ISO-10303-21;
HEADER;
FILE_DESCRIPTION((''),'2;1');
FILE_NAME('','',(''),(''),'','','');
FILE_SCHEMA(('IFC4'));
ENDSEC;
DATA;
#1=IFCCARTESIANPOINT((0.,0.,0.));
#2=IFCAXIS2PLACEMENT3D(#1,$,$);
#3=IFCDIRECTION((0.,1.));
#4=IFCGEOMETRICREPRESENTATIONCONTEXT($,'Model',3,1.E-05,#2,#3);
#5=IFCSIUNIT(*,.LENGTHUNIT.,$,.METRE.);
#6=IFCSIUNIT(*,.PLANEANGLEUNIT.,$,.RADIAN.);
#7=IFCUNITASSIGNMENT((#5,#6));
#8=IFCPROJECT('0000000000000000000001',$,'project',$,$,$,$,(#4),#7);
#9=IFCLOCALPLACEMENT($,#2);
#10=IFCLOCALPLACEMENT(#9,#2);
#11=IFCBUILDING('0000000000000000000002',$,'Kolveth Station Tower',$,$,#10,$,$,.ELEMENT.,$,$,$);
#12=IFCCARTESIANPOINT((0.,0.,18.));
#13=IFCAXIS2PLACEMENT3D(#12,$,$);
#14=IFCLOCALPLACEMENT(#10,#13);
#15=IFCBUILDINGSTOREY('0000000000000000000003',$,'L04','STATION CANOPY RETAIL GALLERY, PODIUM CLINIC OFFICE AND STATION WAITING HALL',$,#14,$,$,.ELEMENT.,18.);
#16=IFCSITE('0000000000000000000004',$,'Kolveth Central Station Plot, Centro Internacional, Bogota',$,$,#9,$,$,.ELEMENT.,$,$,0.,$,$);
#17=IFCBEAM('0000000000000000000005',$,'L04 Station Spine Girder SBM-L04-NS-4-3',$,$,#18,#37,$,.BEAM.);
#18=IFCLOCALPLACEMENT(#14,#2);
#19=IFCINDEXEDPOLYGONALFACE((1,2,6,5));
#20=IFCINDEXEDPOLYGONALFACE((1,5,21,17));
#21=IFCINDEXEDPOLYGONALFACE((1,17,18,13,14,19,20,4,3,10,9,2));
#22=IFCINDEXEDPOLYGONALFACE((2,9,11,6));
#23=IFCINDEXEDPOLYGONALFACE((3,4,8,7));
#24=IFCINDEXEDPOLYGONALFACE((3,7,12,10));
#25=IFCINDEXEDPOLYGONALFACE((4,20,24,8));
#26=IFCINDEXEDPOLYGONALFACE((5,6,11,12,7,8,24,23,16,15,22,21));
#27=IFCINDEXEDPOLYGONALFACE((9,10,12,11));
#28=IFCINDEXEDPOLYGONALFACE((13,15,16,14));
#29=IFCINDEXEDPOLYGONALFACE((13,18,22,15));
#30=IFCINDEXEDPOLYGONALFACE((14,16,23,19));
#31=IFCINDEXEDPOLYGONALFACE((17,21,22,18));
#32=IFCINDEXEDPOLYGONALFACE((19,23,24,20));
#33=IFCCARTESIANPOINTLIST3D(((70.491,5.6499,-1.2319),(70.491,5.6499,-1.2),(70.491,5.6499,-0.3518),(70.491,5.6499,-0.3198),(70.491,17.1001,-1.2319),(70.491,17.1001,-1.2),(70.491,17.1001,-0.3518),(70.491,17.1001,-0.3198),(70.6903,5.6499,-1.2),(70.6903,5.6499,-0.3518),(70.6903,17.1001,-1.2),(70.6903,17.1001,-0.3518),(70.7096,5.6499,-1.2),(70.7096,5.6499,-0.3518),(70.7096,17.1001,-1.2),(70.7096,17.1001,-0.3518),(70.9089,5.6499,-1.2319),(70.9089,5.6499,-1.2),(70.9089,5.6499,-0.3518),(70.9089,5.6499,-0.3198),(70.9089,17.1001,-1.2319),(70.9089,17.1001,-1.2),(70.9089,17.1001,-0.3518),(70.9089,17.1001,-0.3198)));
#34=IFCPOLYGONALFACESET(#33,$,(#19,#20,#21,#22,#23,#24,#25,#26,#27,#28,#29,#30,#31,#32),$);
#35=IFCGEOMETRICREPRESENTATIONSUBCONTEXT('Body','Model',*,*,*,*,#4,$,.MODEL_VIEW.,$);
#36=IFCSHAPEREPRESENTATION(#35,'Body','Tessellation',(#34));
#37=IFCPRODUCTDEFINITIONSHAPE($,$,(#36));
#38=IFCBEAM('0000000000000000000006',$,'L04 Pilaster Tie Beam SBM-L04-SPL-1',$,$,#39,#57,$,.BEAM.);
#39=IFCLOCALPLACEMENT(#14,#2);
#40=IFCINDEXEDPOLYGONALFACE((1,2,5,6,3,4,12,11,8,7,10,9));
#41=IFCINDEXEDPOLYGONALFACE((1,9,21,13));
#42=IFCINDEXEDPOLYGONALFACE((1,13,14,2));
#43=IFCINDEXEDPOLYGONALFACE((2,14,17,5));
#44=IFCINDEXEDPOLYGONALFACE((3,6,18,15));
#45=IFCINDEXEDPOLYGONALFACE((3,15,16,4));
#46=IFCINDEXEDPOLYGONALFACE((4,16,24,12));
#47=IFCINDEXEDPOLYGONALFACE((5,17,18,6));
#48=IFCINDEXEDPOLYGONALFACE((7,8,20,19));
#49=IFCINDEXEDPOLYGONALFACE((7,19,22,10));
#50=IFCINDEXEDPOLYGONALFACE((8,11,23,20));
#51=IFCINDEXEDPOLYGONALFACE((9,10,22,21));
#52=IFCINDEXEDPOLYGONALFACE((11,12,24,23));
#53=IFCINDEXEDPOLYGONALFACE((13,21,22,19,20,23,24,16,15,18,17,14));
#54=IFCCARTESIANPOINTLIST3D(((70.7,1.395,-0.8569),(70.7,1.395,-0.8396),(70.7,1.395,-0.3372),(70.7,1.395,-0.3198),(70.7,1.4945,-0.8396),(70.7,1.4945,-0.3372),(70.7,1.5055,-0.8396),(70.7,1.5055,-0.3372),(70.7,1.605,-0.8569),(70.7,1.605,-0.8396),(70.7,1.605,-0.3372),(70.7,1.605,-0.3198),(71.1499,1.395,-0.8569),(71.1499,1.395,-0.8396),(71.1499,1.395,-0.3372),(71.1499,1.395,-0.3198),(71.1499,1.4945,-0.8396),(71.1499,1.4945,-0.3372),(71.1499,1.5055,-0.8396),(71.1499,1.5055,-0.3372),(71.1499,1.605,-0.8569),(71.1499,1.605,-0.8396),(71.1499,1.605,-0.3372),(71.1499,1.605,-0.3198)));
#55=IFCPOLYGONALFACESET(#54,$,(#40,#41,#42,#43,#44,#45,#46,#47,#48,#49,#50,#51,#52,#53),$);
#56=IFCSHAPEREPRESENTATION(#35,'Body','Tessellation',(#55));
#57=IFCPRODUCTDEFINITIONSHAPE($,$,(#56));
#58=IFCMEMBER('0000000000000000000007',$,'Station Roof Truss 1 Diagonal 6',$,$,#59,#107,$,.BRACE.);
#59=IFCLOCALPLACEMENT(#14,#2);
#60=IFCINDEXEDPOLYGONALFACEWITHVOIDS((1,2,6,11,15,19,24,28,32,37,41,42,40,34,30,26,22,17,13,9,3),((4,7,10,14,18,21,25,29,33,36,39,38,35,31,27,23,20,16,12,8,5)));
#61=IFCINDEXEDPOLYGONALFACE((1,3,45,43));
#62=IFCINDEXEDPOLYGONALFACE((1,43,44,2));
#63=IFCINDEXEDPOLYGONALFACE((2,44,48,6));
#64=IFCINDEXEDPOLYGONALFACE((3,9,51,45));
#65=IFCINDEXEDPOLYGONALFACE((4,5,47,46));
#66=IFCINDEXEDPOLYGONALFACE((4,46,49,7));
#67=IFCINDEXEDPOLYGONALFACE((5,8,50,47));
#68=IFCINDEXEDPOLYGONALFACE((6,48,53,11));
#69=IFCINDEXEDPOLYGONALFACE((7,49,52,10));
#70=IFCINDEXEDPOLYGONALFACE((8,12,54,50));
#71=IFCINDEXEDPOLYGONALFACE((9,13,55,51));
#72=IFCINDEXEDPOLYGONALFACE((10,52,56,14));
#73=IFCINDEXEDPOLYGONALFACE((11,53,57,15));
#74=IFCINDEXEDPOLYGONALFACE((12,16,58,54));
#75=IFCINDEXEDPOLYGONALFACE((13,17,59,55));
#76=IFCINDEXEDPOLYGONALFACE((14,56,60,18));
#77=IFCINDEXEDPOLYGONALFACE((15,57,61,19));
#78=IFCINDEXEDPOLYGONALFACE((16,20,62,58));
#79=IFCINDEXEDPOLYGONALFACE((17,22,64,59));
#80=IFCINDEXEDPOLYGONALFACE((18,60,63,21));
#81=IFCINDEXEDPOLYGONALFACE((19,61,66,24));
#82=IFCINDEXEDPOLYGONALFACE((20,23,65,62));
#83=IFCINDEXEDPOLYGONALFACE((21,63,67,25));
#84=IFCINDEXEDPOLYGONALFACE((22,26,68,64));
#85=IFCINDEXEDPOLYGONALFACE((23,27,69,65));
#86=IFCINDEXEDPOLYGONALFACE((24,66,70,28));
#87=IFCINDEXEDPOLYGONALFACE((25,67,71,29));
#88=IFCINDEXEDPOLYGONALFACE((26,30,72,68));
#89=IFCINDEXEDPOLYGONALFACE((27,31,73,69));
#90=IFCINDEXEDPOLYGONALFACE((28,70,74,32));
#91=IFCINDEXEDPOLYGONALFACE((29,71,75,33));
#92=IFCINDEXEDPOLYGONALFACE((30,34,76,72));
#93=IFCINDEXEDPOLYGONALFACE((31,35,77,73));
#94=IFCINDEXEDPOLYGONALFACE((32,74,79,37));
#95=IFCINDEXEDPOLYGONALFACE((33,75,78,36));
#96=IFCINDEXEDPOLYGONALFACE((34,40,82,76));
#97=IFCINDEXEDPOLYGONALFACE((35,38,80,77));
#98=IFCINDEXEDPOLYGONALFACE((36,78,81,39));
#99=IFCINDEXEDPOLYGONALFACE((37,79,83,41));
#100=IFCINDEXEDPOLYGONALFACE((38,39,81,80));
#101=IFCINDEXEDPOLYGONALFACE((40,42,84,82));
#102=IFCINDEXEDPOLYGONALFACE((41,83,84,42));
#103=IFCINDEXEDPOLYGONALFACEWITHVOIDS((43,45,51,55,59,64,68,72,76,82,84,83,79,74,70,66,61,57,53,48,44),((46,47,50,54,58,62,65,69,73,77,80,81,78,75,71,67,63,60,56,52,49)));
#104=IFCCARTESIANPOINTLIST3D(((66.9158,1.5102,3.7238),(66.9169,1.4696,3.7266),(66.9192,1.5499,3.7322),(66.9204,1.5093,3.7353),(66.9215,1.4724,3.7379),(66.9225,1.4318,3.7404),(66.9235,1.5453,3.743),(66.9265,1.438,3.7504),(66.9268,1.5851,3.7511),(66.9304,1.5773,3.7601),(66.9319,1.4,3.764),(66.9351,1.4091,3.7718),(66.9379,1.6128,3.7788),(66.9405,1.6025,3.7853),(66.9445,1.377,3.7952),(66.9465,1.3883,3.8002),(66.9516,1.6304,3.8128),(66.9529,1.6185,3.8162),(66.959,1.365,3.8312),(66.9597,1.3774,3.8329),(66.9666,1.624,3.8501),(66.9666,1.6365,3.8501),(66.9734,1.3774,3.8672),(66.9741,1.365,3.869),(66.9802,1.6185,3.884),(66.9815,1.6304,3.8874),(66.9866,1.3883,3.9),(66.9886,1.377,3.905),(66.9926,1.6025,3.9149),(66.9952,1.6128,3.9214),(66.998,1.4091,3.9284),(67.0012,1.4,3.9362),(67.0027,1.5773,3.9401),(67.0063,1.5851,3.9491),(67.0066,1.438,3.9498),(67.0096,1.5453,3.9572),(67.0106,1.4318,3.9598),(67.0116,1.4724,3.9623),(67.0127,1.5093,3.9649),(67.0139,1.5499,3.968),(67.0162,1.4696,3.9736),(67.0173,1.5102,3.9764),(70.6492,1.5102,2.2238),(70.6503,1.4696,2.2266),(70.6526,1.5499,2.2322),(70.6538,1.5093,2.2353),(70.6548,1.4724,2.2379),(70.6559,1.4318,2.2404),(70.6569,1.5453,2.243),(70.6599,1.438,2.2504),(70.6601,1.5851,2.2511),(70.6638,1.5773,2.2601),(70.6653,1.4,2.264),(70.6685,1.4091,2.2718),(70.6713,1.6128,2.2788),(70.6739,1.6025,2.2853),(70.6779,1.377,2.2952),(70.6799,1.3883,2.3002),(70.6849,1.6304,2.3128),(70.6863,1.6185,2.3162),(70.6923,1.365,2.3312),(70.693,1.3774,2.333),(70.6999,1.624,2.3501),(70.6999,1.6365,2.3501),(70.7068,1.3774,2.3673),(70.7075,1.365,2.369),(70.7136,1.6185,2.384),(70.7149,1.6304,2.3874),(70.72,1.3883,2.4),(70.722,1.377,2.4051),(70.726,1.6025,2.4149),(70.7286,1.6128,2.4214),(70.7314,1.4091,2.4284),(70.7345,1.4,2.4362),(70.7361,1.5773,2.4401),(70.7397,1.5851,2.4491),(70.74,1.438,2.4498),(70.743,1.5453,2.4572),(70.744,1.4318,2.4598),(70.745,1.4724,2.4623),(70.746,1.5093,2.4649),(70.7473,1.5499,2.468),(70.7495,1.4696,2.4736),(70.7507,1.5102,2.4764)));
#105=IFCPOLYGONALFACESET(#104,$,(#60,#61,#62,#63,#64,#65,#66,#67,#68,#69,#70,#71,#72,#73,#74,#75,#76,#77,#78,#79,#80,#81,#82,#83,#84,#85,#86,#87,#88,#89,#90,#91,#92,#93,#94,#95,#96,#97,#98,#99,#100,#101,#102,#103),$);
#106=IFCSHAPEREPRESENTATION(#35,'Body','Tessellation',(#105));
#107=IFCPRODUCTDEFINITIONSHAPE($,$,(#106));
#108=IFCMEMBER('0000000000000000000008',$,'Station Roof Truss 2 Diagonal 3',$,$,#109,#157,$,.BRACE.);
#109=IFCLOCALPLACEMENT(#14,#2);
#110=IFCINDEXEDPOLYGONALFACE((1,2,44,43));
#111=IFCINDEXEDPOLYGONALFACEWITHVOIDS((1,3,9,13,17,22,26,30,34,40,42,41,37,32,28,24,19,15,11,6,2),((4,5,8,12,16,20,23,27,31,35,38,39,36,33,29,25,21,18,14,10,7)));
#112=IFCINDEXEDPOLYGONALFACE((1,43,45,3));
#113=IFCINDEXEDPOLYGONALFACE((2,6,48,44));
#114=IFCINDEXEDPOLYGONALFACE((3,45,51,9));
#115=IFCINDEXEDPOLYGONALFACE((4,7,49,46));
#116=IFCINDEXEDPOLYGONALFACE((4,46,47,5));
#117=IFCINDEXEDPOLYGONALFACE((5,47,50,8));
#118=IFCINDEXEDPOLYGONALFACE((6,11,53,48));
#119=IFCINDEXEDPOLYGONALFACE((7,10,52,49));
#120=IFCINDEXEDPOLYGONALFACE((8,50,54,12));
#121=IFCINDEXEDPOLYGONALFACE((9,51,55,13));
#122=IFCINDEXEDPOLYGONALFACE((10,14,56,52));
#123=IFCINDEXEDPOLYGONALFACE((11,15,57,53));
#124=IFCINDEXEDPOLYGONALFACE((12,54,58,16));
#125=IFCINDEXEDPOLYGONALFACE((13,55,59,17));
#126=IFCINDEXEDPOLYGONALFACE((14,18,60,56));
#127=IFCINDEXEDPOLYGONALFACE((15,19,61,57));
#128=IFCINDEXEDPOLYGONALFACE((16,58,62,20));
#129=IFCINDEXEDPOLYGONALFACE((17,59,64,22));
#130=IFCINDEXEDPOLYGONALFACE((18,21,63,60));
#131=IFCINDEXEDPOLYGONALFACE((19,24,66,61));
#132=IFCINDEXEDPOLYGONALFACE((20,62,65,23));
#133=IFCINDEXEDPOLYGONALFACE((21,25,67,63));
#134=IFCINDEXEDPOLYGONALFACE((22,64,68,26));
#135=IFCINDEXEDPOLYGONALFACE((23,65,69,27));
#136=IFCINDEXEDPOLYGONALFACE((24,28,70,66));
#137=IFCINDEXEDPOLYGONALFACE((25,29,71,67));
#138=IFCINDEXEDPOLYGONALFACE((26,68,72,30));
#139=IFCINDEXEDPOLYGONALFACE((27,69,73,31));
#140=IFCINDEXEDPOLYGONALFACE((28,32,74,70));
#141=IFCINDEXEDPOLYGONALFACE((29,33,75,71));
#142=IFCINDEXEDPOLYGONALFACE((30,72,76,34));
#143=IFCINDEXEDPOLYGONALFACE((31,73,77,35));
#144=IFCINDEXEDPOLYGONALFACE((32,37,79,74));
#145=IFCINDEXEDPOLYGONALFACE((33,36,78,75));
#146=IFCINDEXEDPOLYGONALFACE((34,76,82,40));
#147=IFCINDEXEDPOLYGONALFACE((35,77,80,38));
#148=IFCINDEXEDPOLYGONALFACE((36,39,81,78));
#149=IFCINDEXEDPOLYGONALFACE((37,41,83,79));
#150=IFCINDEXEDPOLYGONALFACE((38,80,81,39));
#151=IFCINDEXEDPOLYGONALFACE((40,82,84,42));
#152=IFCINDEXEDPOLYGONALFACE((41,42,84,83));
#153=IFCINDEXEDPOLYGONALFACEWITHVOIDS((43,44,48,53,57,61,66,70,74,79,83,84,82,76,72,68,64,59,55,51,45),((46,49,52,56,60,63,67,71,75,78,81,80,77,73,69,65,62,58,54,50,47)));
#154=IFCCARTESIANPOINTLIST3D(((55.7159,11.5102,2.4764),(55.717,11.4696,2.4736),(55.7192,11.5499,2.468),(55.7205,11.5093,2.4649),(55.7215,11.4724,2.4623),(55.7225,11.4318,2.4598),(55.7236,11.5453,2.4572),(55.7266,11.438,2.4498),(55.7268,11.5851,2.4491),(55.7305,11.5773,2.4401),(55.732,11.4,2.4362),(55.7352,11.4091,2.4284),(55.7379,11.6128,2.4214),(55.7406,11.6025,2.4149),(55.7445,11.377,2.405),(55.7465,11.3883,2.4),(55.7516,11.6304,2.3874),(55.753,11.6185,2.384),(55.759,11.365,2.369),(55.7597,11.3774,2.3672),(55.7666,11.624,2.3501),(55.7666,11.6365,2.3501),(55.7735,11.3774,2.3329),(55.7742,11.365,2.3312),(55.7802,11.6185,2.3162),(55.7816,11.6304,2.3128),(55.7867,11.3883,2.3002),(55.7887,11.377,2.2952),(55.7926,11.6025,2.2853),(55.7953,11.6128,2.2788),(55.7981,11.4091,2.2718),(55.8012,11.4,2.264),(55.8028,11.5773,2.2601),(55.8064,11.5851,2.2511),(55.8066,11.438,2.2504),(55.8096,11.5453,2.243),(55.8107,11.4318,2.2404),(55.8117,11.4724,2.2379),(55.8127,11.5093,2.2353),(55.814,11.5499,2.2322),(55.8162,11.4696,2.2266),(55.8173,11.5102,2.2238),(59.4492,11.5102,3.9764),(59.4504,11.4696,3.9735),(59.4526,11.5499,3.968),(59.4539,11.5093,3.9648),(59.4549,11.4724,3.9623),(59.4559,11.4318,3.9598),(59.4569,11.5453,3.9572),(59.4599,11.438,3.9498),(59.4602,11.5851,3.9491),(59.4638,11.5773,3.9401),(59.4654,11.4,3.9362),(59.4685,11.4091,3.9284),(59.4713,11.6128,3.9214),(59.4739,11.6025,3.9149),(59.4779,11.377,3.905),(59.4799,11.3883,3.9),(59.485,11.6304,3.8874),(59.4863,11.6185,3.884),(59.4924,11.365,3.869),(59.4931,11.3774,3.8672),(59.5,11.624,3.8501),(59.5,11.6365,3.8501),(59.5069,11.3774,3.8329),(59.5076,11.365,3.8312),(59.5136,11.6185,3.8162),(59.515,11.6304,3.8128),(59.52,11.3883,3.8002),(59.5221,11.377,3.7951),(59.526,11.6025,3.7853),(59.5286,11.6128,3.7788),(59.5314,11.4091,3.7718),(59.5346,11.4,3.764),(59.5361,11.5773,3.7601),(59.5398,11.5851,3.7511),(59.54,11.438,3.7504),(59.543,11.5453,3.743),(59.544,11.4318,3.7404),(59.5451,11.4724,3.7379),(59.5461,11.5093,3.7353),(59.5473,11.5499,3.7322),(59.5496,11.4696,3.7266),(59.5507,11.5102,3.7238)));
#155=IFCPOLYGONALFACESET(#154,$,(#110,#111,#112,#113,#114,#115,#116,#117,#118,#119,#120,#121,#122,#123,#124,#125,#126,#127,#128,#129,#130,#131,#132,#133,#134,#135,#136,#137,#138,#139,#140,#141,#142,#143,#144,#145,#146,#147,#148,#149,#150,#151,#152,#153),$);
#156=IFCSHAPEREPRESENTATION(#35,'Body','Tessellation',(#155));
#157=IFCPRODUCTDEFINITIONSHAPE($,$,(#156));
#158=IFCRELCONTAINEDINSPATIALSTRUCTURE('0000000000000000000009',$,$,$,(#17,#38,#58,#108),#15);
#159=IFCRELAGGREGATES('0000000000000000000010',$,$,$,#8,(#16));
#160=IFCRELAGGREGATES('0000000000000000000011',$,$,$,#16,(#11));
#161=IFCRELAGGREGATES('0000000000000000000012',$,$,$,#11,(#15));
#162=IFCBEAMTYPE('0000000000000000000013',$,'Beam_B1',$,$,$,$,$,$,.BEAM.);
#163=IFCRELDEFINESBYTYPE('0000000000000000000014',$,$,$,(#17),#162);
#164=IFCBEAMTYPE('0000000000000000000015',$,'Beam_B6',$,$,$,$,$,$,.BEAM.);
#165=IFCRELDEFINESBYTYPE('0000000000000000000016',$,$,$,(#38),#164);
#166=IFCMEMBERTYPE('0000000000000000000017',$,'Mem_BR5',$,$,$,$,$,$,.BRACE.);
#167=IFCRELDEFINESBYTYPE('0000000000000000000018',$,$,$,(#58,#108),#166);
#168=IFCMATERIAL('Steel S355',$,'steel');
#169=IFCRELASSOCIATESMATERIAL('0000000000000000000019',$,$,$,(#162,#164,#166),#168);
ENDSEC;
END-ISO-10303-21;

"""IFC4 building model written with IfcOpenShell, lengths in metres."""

from ifc_helpers import new_model, si_unit, direction, frame, origin, origin_2d, place, context, subcontext, project, spatial, hollow_circle, i_section, extrude, source, transform, mapped, material, material_profile, profile_set, type_object, element, save


model = new_model("IFC4")

# Units and contexts
model_context = context("Model", 3, precision=1e-05, world=origin(), true_north=direction((0.0, 1.0)))
body_context = subcontext(model_context, "Body", "Model", "MODEL_VIEW")
ifc_project = project(units=[si_unit("LENGTHUNIT", "METRE"), si_unit("PLANEANGLEUNIT", "RADIAN")], contexts=[model_context])

# Site, building, storey
site_placement = place(None, origin())
site = spatial("IfcSite", under=ifc_project, at=site_placement, Name="Kolveth Central Station Plot, Centro Internacional, Bogota", CompositionType="ELEMENT", RefElevation=0.0)
building_placement = place(site_placement, origin())
building = spatial("IfcBuilding", under=site, at=building_placement, Name="Kolveth Station Tower", CompositionType="ELEMENT")
storey_placement = place(building_placement, frame((0.0, 0.0, 18.0)))
storey = spatial("IfcBuildingStorey", under=building, at=storey_placement, Name="L04", Description="STATION CANOPY RETAIL GALLERY, PODIUM CLINIC OFFICE AND STATION WAITING HALL", CompositionType="ELEMENT", Elevation=18.0)

# Shared definitions
ifc_material_1 = material(Name="Steel S355", Category="steel")

# Beams
ifc_material_profile_1 = material_profile(ifc_material_1, i_section(OverallWidth=0.418, OverallDepth=0.9121, WebThickness=0.0193, FlangeThickness=0.032, at=origin_2d()), Name="W920x342")
ifc_profile_set_1 = profile_set([ifc_material_profile_1], Name="Steel S355")
beam_type_1 = type_object("IfcBeamType", Name="Beam_B1", PredefinedType="BEAM", material=ifc_profile_set_1)
shared_shape_1 = source(origin(), body_context, "Body", "SweptSolid", [
    extrude(i_section(OverallWidth=0.418, OverallDepth=0.9121, WebThickness=0.0193, FlangeThickness=0.032, at=origin_2d()), origin(), (0.0, 0.0, 1.0), 11.4502),
])
for number, where, z_axis, x_axis, name in (
    (1, (70.7, 5.6499, -0.7759), (0.0, 1.0, 0.0), (-1.0, 0.0, 0.0), "L04 Station Spine Girder SBM-L04-NS-4-3"),
):
    element("IfcBeam", number, at=place(storey_placement, frame(where, z_axis=z_axis, x_axis=x_axis)), inside=storey, type_object=beam_type_1, Name=name, PredefinedType="BEAM", context=body_context, shape_type="MappedRepresentation", body=[
        mapped(shared_shape_1, transform((0.0, 0.0, 0.0), x_axis=(1.0, 0.0, 0.0), y_axis=(0.0, 1.0, 0.0), z_axis=(0.0, 0.0, 1.0), scale=1.0)),
    ])
ifc_material_profile_2 = material_profile(ifc_material_1, i_section(OverallWidth=0.21, OverallDepth=0.5371, WebThickness=0.011, FlangeThickness=0.0173, at=origin_2d()), Name="W530x101")
ifc_profile_set_2 = profile_set([ifc_material_profile_2], Name="Steel S355")
beam_type_2 = type_object("IfcBeamType", Name="Beam_B6", PredefinedType="BEAM", material=ifc_profile_set_2)
shared_shape_2 = source(origin(), body_context, "Body", "SweptSolid", [
    extrude(i_section(OverallWidth=0.21, OverallDepth=0.5371, WebThickness=0.011, FlangeThickness=0.0173, at=origin_2d()), origin(), (0.0, 0.0, 1.0), 0.45),
])
beam_1_placement = place(storey_placement, frame((70.7, 1.5, -0.5884), z_axis=(1.0, 0.0, 0.0), x_axis=(0.0, 1.0, 0.0)))
element("IfcBeam", 2, at=beam_1_placement, inside=storey, type_object=beam_type_2, Name="L04 Pilaster Tie Beam SBM-L04-SPL-1", PredefinedType="BEAM", context=body_context, shape_type="MappedRepresentation", body=[
    mapped(shared_shape_2, transform((0.0, 0.0, 0.0), x_axis=(1.0, 0.0, 0.0), y_axis=(0.0, 1.0, 0.0), z_axis=(0.0, 0.0, 1.0), scale=1.0)),
])

# Members
ifc_material_profile_3 = material_profile(ifc_material_1, hollow_circle(Radius=0.1365, WallThickness=0.0125, at=origin_2d()), Name="CHS273x12.5")
ifc_profile_set_3 = profile_set([ifc_material_profile_3], Name="Steel S355")
member_type_1 = type_object("IfcMemberType", Name="Mem_BR5", PredefinedType="BRACE", material=ifc_profile_set_3)
shared_shape_3 = source(origin(), body_context, "Body", "SweptSolid", [
    extrude(hollow_circle(Radius=0.1365, WallThickness=0.0125, at=origin_2d()), origin(), (0.0, 0.0, 1.0), 4.0234),
])
for number, where, z_axis, x_axis, name in (
    (3, (66.9666, 1.5, 3.8501), (0.927906, 0.0, -0.372813), (0.0, 1.0, 0.0), "Station Roof Truss 1 Diagonal 6"),
    (4, (55.7666, 11.5, 2.3501), (0.927906, 0.0, 0.372813), (0.0, 1.0, 0.0), "Station Roof Truss 2 Diagonal 3"),
):
    element("IfcMember", number, at=place(storey_placement, frame(where, z_axis=z_axis, x_axis=x_axis)), inside=storey, type_object=member_type_1, Name=name, PredefinedType="BRACE", context=body_context, shape_type="MappedRepresentation", body=[
        mapped(shared_shape_3, transform((0.0, 0.0, 0.0), x_axis=(1.0, 0.0, 0.0), y_axis=(0.0, 1.0, 0.0), z_axis=(0.0, 0.0, 1.0), scale=1.0)),
    ])

save(model, "model.ifc")
